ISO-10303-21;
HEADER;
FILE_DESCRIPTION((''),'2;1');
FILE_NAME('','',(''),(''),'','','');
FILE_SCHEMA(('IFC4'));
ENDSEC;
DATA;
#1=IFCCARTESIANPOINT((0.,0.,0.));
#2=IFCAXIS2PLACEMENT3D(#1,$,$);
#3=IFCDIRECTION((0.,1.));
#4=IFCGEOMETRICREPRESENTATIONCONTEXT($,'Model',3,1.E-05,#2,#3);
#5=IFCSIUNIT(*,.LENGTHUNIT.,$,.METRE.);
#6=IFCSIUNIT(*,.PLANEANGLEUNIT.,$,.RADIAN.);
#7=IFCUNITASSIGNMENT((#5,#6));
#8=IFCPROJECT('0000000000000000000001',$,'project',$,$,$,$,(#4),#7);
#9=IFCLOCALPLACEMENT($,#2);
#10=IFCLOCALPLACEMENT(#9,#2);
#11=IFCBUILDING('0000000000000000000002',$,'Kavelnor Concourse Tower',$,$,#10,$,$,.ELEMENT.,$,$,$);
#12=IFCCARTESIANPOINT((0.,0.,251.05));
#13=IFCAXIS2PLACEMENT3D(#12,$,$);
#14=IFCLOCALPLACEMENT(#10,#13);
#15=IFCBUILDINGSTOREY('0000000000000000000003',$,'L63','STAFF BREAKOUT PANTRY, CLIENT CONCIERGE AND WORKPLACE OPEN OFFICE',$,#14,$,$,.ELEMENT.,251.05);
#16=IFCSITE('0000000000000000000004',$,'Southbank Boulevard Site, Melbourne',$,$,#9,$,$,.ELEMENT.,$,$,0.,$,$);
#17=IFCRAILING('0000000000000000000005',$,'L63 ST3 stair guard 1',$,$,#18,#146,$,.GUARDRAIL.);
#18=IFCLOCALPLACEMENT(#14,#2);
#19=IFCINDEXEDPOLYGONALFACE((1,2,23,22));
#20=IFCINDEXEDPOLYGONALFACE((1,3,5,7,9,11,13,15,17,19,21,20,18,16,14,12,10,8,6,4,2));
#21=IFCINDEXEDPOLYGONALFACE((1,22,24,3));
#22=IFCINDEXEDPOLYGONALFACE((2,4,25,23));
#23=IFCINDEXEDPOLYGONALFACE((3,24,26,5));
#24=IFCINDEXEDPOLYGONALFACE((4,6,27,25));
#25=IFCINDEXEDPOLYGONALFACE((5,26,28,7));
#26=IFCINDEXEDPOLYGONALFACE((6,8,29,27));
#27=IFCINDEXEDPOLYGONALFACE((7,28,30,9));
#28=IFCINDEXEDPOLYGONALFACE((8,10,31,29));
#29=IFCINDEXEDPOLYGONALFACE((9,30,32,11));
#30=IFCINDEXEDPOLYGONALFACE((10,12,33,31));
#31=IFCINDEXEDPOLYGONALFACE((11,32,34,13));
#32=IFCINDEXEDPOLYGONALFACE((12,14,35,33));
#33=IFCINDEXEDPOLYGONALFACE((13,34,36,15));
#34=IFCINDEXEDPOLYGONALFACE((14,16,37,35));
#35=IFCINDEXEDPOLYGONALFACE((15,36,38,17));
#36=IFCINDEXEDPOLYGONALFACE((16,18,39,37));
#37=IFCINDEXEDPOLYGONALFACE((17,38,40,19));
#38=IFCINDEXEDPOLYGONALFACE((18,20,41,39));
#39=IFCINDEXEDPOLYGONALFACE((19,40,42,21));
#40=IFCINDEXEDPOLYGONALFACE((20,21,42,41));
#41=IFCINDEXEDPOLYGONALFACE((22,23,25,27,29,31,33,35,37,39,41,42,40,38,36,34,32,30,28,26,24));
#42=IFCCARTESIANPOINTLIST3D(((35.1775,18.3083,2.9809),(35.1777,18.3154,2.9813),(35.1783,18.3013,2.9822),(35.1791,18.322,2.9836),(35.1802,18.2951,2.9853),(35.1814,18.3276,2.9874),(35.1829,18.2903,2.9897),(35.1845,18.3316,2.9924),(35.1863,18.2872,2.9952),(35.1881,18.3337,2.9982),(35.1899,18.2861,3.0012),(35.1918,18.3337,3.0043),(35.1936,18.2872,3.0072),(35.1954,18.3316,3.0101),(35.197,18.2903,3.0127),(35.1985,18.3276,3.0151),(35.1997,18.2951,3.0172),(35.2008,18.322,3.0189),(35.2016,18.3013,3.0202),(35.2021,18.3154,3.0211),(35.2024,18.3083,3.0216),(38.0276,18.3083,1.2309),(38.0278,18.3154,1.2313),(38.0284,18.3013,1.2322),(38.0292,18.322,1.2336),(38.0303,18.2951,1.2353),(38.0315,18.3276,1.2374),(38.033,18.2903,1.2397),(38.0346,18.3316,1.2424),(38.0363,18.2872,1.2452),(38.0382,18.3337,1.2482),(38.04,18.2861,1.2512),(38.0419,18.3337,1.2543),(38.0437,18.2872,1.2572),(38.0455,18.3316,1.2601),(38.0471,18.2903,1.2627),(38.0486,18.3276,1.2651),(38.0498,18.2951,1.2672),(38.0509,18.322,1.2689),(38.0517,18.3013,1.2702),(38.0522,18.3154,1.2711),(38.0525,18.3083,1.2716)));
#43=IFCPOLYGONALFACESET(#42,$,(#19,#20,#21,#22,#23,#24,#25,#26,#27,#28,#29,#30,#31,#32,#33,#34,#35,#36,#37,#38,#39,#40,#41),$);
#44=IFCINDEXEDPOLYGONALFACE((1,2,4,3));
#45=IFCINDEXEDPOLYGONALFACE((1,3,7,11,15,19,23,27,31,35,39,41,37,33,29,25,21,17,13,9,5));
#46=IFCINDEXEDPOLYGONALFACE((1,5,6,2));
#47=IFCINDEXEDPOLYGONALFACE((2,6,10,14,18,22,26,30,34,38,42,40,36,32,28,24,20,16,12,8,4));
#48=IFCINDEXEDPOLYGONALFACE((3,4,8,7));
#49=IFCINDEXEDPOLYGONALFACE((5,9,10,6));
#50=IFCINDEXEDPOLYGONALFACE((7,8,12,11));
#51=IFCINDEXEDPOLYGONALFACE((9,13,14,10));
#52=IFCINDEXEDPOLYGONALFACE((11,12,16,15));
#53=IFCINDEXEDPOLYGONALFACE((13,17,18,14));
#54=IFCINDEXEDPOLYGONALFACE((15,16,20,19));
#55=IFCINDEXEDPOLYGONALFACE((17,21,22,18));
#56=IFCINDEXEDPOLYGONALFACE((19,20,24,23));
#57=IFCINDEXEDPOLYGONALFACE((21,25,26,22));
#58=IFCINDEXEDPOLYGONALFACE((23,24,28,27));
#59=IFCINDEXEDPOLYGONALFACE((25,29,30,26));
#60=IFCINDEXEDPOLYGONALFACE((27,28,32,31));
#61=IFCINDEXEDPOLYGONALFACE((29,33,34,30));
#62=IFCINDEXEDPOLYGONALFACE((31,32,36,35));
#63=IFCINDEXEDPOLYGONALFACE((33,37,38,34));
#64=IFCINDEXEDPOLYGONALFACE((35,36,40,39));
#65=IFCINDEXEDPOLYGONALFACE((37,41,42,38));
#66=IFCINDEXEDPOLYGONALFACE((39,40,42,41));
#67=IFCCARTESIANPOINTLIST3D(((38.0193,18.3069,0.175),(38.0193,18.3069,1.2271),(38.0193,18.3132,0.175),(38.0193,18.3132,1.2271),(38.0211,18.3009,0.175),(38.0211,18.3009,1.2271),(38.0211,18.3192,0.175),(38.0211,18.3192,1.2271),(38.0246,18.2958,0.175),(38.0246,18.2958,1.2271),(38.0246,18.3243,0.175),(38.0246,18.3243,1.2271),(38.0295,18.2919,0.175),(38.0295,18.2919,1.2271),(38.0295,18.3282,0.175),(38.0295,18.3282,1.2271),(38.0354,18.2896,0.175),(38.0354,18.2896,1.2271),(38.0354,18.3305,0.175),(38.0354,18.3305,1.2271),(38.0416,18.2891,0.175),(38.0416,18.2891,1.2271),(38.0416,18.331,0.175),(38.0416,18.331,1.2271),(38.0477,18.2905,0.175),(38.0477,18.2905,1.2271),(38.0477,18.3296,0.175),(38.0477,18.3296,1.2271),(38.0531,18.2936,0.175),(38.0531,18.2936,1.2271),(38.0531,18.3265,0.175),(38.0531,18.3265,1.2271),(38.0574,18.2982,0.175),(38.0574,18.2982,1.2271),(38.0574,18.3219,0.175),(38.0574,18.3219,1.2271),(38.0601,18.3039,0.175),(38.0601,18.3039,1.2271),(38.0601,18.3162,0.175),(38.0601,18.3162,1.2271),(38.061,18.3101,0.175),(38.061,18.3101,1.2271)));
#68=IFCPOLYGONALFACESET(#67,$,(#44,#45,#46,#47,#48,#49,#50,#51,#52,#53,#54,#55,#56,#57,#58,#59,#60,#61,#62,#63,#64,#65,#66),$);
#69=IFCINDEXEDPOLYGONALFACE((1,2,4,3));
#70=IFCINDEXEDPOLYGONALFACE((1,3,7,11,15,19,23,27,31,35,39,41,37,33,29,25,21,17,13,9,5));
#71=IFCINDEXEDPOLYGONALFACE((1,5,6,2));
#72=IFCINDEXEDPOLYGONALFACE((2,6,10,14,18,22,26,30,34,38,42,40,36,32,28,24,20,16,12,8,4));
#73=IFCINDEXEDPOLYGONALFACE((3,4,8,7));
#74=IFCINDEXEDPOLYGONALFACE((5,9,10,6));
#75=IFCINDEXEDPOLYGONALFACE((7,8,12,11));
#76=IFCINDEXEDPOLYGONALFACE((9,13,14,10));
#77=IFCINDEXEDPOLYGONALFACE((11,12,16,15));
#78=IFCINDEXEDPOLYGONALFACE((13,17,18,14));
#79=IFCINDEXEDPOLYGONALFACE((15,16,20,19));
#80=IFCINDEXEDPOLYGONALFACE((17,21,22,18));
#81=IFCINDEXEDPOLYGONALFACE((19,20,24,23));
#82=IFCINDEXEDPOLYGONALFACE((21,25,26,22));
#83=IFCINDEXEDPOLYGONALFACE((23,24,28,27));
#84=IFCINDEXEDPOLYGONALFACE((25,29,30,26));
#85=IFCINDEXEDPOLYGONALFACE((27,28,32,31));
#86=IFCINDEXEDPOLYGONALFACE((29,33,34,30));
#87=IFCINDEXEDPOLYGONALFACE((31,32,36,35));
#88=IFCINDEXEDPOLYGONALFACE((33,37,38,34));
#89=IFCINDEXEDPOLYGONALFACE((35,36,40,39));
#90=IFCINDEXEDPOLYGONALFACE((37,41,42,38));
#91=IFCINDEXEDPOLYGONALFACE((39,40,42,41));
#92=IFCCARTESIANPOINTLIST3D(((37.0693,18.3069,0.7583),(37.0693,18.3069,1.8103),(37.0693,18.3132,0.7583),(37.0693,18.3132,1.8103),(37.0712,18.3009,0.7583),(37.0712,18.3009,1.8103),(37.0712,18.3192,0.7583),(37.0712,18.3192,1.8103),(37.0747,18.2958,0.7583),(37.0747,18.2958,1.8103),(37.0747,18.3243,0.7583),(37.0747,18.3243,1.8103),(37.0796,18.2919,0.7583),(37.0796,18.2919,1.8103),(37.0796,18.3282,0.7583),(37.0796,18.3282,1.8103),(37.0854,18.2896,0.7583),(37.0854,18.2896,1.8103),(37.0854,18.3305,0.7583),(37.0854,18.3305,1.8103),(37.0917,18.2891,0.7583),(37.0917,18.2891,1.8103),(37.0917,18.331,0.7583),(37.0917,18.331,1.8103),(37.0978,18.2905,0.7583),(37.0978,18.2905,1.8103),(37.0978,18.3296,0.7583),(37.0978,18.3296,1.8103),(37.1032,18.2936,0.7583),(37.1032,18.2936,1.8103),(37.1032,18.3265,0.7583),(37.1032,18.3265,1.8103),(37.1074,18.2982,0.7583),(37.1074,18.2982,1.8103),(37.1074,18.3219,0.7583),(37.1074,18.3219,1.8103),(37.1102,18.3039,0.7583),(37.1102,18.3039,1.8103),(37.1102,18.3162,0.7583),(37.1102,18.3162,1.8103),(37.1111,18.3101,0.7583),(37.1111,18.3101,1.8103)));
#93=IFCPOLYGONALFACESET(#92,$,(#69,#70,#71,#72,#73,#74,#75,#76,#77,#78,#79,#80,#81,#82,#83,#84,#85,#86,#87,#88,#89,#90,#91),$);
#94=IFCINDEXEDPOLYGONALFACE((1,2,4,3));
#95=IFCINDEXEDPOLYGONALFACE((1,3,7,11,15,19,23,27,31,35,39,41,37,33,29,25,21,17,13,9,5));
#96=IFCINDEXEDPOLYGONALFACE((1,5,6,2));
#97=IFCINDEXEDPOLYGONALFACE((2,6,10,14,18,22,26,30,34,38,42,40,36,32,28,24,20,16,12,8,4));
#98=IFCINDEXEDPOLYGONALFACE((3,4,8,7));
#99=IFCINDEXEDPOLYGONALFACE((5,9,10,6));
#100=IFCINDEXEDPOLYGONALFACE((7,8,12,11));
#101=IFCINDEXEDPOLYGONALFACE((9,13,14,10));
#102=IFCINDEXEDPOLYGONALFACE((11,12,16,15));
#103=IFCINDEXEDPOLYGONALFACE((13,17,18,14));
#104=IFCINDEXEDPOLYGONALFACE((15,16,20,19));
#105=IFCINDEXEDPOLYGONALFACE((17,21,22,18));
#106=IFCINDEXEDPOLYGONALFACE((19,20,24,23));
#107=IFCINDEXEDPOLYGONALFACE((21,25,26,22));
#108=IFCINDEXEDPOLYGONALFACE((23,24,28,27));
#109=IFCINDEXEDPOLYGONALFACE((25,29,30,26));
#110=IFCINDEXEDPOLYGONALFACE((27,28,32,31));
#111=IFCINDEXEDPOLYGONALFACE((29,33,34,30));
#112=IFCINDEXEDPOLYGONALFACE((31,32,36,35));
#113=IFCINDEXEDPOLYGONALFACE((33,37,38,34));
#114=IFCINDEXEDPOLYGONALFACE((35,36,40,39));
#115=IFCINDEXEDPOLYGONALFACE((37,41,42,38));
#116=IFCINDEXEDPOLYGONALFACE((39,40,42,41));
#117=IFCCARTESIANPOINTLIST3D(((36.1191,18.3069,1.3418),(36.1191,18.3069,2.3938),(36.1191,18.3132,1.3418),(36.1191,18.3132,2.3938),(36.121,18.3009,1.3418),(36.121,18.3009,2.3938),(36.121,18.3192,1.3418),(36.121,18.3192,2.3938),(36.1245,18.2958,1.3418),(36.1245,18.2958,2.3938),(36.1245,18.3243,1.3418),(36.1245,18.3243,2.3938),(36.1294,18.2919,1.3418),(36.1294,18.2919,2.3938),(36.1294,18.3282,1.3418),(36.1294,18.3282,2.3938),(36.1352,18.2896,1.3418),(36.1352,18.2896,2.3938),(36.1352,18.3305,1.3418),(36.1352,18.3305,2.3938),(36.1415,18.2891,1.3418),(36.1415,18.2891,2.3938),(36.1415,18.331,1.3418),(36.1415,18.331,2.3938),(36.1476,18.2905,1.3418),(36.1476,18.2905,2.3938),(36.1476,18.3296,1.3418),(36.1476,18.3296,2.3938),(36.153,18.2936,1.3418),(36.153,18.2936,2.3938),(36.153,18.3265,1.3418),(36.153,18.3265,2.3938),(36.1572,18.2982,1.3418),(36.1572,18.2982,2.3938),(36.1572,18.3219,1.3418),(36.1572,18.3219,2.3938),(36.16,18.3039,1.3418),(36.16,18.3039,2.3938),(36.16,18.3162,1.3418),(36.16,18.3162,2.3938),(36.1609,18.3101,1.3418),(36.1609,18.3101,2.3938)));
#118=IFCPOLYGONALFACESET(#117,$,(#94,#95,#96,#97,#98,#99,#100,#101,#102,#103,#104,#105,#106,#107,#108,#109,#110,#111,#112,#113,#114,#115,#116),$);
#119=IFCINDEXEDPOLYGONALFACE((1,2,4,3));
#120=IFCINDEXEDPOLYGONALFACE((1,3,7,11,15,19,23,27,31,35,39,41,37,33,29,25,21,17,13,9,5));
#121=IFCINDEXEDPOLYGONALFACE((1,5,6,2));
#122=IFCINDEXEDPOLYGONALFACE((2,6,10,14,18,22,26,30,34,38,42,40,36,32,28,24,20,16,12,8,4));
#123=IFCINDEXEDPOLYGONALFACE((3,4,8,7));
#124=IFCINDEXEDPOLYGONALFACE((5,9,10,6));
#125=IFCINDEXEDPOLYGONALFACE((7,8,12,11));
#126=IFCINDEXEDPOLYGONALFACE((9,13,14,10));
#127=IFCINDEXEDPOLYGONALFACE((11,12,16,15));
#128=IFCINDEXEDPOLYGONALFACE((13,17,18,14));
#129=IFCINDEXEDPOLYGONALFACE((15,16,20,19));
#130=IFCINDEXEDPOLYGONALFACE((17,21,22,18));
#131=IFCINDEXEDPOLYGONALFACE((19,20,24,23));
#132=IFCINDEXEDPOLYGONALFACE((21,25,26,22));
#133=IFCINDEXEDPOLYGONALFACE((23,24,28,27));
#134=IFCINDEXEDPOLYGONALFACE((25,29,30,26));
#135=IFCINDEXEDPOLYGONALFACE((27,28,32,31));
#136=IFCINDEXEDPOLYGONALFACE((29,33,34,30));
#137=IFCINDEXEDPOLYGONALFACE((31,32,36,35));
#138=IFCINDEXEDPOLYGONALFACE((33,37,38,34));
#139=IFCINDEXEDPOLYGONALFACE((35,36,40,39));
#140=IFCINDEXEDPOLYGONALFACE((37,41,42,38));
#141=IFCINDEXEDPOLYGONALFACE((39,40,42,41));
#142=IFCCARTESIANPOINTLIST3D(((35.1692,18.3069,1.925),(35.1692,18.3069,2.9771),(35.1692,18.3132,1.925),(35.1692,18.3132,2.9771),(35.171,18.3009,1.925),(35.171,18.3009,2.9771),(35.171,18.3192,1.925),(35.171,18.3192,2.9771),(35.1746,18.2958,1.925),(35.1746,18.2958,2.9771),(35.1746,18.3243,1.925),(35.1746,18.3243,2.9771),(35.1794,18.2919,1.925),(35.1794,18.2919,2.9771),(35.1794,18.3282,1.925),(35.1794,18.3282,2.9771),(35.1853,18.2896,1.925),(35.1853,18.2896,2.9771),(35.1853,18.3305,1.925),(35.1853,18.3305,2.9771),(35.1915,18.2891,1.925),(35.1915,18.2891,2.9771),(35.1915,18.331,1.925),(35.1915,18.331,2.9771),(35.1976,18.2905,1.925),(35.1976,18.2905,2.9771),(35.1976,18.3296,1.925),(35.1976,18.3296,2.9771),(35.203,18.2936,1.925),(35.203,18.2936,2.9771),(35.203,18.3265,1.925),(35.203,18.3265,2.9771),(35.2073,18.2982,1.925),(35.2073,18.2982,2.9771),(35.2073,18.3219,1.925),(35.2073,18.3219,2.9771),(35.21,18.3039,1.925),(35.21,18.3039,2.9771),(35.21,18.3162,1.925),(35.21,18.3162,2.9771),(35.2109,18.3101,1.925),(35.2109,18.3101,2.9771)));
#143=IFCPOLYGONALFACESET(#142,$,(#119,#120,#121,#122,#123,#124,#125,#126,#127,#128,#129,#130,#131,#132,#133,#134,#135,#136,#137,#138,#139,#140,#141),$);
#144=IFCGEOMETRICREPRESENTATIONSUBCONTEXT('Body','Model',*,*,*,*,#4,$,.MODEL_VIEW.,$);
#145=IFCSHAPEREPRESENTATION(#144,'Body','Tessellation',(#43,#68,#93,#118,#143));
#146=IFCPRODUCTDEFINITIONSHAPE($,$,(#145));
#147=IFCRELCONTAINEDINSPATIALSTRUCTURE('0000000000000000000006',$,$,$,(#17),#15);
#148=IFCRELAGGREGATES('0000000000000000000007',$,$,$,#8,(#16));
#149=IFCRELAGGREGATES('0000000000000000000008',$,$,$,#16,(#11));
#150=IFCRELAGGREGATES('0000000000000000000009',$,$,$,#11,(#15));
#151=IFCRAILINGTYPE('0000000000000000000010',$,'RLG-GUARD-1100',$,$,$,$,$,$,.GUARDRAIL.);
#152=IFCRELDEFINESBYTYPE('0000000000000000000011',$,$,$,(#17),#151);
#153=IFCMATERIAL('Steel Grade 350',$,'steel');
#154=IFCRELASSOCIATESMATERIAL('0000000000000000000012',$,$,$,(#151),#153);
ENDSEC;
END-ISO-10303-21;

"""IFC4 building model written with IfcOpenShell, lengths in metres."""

from ifc_helpers import new_model, si_unit, direction, frame, origin, origin_2d, place, context, subcontext, project, spatial, circle, extrude, material, type_object, element, save


model = new_model("IFC4")

# Units and contexts
model_context = context("Model", 3, precision=1e-05, world=origin(), true_north=direction((0.0, 1.0)))
body_context = subcontext(model_context, "Body", "Model", "MODEL_VIEW")
ifc_project = project(units=[si_unit("LENGTHUNIT", "METRE"), si_unit("PLANEANGLEUNIT", "RADIAN")], contexts=[model_context])

# Site, building, storey
site_placement = place(None, origin())
site = spatial("IfcSite", under=ifc_project, at=site_placement, Name="Southbank Boulevard Site, Melbourne", CompositionType="ELEMENT", RefElevation=0.0)
building_placement = place(site_placement, origin())
building = spatial("IfcBuilding", under=site, at=building_placement, Name="Kavelnor Concourse Tower", CompositionType="ELEMENT")
storey_placement = place(building_placement, frame((0.0, 0.0, 251.05)))
storey = spatial("IfcBuildingStorey", under=building, at=storey_placement, Name="L63", Description="STAFF BREAKOUT PANTRY, CLIENT CONCIERGE AND WORKPLACE OPEN OFFICE", CompositionType="ELEMENT", Elevation=251.05)

# Shared definitions
ifc_material_1 = material(Name="Steel Grade 350", Category="steel")

# Railing
railing_type_1 = type_object("IfcRailingType", Name="RLG-GUARD-1100", PredefinedType="GUARDRAIL", material=ifc_material_1)
railing_1_placement = place(storey_placement, frame((38.04, 18.3101, 0.175)))
element("IfcRailing", 1, at=railing_1_placement, inside=storey, type_object=railing_type_1, Name="L63 ST3 stair guard 1", PredefinedType="GUARDRAIL", context=body_context, shape_type="SweptSolid", body=[
    extrude(circle(Radius=0.0239, at=origin_2d()), frame((0.0, 0.0, 1.0762), z_axis=(-0.852179, 0.0, 0.52325), x_axis=(0.0, -1.0, 0.0)), (0.0, 0.0, 1.0), 3.3445),
    extrude(circle(Radius=0.021, at=origin_2d()), origin(), (0.0, 0.0, 1.0), 1.052),
    extrude(circle(Radius=0.021, at=origin_2d()), frame((-0.95, 0.0, 0.5833)), (0.0, 0.0, 1.0), 1.052),
    extrude(circle(Radius=0.021, at=origin_2d()), frame((-1.9001, 0.0, 1.1667)), (0.0, 0.0, 1.0), 1.052),
    extrude(circle(Radius=0.021, at=origin_2d()), frame((-2.8501, 0.0, 1.75)), (0.0, 0.0, 1.0), 1.052),
])

save(model, "model.ifc")
